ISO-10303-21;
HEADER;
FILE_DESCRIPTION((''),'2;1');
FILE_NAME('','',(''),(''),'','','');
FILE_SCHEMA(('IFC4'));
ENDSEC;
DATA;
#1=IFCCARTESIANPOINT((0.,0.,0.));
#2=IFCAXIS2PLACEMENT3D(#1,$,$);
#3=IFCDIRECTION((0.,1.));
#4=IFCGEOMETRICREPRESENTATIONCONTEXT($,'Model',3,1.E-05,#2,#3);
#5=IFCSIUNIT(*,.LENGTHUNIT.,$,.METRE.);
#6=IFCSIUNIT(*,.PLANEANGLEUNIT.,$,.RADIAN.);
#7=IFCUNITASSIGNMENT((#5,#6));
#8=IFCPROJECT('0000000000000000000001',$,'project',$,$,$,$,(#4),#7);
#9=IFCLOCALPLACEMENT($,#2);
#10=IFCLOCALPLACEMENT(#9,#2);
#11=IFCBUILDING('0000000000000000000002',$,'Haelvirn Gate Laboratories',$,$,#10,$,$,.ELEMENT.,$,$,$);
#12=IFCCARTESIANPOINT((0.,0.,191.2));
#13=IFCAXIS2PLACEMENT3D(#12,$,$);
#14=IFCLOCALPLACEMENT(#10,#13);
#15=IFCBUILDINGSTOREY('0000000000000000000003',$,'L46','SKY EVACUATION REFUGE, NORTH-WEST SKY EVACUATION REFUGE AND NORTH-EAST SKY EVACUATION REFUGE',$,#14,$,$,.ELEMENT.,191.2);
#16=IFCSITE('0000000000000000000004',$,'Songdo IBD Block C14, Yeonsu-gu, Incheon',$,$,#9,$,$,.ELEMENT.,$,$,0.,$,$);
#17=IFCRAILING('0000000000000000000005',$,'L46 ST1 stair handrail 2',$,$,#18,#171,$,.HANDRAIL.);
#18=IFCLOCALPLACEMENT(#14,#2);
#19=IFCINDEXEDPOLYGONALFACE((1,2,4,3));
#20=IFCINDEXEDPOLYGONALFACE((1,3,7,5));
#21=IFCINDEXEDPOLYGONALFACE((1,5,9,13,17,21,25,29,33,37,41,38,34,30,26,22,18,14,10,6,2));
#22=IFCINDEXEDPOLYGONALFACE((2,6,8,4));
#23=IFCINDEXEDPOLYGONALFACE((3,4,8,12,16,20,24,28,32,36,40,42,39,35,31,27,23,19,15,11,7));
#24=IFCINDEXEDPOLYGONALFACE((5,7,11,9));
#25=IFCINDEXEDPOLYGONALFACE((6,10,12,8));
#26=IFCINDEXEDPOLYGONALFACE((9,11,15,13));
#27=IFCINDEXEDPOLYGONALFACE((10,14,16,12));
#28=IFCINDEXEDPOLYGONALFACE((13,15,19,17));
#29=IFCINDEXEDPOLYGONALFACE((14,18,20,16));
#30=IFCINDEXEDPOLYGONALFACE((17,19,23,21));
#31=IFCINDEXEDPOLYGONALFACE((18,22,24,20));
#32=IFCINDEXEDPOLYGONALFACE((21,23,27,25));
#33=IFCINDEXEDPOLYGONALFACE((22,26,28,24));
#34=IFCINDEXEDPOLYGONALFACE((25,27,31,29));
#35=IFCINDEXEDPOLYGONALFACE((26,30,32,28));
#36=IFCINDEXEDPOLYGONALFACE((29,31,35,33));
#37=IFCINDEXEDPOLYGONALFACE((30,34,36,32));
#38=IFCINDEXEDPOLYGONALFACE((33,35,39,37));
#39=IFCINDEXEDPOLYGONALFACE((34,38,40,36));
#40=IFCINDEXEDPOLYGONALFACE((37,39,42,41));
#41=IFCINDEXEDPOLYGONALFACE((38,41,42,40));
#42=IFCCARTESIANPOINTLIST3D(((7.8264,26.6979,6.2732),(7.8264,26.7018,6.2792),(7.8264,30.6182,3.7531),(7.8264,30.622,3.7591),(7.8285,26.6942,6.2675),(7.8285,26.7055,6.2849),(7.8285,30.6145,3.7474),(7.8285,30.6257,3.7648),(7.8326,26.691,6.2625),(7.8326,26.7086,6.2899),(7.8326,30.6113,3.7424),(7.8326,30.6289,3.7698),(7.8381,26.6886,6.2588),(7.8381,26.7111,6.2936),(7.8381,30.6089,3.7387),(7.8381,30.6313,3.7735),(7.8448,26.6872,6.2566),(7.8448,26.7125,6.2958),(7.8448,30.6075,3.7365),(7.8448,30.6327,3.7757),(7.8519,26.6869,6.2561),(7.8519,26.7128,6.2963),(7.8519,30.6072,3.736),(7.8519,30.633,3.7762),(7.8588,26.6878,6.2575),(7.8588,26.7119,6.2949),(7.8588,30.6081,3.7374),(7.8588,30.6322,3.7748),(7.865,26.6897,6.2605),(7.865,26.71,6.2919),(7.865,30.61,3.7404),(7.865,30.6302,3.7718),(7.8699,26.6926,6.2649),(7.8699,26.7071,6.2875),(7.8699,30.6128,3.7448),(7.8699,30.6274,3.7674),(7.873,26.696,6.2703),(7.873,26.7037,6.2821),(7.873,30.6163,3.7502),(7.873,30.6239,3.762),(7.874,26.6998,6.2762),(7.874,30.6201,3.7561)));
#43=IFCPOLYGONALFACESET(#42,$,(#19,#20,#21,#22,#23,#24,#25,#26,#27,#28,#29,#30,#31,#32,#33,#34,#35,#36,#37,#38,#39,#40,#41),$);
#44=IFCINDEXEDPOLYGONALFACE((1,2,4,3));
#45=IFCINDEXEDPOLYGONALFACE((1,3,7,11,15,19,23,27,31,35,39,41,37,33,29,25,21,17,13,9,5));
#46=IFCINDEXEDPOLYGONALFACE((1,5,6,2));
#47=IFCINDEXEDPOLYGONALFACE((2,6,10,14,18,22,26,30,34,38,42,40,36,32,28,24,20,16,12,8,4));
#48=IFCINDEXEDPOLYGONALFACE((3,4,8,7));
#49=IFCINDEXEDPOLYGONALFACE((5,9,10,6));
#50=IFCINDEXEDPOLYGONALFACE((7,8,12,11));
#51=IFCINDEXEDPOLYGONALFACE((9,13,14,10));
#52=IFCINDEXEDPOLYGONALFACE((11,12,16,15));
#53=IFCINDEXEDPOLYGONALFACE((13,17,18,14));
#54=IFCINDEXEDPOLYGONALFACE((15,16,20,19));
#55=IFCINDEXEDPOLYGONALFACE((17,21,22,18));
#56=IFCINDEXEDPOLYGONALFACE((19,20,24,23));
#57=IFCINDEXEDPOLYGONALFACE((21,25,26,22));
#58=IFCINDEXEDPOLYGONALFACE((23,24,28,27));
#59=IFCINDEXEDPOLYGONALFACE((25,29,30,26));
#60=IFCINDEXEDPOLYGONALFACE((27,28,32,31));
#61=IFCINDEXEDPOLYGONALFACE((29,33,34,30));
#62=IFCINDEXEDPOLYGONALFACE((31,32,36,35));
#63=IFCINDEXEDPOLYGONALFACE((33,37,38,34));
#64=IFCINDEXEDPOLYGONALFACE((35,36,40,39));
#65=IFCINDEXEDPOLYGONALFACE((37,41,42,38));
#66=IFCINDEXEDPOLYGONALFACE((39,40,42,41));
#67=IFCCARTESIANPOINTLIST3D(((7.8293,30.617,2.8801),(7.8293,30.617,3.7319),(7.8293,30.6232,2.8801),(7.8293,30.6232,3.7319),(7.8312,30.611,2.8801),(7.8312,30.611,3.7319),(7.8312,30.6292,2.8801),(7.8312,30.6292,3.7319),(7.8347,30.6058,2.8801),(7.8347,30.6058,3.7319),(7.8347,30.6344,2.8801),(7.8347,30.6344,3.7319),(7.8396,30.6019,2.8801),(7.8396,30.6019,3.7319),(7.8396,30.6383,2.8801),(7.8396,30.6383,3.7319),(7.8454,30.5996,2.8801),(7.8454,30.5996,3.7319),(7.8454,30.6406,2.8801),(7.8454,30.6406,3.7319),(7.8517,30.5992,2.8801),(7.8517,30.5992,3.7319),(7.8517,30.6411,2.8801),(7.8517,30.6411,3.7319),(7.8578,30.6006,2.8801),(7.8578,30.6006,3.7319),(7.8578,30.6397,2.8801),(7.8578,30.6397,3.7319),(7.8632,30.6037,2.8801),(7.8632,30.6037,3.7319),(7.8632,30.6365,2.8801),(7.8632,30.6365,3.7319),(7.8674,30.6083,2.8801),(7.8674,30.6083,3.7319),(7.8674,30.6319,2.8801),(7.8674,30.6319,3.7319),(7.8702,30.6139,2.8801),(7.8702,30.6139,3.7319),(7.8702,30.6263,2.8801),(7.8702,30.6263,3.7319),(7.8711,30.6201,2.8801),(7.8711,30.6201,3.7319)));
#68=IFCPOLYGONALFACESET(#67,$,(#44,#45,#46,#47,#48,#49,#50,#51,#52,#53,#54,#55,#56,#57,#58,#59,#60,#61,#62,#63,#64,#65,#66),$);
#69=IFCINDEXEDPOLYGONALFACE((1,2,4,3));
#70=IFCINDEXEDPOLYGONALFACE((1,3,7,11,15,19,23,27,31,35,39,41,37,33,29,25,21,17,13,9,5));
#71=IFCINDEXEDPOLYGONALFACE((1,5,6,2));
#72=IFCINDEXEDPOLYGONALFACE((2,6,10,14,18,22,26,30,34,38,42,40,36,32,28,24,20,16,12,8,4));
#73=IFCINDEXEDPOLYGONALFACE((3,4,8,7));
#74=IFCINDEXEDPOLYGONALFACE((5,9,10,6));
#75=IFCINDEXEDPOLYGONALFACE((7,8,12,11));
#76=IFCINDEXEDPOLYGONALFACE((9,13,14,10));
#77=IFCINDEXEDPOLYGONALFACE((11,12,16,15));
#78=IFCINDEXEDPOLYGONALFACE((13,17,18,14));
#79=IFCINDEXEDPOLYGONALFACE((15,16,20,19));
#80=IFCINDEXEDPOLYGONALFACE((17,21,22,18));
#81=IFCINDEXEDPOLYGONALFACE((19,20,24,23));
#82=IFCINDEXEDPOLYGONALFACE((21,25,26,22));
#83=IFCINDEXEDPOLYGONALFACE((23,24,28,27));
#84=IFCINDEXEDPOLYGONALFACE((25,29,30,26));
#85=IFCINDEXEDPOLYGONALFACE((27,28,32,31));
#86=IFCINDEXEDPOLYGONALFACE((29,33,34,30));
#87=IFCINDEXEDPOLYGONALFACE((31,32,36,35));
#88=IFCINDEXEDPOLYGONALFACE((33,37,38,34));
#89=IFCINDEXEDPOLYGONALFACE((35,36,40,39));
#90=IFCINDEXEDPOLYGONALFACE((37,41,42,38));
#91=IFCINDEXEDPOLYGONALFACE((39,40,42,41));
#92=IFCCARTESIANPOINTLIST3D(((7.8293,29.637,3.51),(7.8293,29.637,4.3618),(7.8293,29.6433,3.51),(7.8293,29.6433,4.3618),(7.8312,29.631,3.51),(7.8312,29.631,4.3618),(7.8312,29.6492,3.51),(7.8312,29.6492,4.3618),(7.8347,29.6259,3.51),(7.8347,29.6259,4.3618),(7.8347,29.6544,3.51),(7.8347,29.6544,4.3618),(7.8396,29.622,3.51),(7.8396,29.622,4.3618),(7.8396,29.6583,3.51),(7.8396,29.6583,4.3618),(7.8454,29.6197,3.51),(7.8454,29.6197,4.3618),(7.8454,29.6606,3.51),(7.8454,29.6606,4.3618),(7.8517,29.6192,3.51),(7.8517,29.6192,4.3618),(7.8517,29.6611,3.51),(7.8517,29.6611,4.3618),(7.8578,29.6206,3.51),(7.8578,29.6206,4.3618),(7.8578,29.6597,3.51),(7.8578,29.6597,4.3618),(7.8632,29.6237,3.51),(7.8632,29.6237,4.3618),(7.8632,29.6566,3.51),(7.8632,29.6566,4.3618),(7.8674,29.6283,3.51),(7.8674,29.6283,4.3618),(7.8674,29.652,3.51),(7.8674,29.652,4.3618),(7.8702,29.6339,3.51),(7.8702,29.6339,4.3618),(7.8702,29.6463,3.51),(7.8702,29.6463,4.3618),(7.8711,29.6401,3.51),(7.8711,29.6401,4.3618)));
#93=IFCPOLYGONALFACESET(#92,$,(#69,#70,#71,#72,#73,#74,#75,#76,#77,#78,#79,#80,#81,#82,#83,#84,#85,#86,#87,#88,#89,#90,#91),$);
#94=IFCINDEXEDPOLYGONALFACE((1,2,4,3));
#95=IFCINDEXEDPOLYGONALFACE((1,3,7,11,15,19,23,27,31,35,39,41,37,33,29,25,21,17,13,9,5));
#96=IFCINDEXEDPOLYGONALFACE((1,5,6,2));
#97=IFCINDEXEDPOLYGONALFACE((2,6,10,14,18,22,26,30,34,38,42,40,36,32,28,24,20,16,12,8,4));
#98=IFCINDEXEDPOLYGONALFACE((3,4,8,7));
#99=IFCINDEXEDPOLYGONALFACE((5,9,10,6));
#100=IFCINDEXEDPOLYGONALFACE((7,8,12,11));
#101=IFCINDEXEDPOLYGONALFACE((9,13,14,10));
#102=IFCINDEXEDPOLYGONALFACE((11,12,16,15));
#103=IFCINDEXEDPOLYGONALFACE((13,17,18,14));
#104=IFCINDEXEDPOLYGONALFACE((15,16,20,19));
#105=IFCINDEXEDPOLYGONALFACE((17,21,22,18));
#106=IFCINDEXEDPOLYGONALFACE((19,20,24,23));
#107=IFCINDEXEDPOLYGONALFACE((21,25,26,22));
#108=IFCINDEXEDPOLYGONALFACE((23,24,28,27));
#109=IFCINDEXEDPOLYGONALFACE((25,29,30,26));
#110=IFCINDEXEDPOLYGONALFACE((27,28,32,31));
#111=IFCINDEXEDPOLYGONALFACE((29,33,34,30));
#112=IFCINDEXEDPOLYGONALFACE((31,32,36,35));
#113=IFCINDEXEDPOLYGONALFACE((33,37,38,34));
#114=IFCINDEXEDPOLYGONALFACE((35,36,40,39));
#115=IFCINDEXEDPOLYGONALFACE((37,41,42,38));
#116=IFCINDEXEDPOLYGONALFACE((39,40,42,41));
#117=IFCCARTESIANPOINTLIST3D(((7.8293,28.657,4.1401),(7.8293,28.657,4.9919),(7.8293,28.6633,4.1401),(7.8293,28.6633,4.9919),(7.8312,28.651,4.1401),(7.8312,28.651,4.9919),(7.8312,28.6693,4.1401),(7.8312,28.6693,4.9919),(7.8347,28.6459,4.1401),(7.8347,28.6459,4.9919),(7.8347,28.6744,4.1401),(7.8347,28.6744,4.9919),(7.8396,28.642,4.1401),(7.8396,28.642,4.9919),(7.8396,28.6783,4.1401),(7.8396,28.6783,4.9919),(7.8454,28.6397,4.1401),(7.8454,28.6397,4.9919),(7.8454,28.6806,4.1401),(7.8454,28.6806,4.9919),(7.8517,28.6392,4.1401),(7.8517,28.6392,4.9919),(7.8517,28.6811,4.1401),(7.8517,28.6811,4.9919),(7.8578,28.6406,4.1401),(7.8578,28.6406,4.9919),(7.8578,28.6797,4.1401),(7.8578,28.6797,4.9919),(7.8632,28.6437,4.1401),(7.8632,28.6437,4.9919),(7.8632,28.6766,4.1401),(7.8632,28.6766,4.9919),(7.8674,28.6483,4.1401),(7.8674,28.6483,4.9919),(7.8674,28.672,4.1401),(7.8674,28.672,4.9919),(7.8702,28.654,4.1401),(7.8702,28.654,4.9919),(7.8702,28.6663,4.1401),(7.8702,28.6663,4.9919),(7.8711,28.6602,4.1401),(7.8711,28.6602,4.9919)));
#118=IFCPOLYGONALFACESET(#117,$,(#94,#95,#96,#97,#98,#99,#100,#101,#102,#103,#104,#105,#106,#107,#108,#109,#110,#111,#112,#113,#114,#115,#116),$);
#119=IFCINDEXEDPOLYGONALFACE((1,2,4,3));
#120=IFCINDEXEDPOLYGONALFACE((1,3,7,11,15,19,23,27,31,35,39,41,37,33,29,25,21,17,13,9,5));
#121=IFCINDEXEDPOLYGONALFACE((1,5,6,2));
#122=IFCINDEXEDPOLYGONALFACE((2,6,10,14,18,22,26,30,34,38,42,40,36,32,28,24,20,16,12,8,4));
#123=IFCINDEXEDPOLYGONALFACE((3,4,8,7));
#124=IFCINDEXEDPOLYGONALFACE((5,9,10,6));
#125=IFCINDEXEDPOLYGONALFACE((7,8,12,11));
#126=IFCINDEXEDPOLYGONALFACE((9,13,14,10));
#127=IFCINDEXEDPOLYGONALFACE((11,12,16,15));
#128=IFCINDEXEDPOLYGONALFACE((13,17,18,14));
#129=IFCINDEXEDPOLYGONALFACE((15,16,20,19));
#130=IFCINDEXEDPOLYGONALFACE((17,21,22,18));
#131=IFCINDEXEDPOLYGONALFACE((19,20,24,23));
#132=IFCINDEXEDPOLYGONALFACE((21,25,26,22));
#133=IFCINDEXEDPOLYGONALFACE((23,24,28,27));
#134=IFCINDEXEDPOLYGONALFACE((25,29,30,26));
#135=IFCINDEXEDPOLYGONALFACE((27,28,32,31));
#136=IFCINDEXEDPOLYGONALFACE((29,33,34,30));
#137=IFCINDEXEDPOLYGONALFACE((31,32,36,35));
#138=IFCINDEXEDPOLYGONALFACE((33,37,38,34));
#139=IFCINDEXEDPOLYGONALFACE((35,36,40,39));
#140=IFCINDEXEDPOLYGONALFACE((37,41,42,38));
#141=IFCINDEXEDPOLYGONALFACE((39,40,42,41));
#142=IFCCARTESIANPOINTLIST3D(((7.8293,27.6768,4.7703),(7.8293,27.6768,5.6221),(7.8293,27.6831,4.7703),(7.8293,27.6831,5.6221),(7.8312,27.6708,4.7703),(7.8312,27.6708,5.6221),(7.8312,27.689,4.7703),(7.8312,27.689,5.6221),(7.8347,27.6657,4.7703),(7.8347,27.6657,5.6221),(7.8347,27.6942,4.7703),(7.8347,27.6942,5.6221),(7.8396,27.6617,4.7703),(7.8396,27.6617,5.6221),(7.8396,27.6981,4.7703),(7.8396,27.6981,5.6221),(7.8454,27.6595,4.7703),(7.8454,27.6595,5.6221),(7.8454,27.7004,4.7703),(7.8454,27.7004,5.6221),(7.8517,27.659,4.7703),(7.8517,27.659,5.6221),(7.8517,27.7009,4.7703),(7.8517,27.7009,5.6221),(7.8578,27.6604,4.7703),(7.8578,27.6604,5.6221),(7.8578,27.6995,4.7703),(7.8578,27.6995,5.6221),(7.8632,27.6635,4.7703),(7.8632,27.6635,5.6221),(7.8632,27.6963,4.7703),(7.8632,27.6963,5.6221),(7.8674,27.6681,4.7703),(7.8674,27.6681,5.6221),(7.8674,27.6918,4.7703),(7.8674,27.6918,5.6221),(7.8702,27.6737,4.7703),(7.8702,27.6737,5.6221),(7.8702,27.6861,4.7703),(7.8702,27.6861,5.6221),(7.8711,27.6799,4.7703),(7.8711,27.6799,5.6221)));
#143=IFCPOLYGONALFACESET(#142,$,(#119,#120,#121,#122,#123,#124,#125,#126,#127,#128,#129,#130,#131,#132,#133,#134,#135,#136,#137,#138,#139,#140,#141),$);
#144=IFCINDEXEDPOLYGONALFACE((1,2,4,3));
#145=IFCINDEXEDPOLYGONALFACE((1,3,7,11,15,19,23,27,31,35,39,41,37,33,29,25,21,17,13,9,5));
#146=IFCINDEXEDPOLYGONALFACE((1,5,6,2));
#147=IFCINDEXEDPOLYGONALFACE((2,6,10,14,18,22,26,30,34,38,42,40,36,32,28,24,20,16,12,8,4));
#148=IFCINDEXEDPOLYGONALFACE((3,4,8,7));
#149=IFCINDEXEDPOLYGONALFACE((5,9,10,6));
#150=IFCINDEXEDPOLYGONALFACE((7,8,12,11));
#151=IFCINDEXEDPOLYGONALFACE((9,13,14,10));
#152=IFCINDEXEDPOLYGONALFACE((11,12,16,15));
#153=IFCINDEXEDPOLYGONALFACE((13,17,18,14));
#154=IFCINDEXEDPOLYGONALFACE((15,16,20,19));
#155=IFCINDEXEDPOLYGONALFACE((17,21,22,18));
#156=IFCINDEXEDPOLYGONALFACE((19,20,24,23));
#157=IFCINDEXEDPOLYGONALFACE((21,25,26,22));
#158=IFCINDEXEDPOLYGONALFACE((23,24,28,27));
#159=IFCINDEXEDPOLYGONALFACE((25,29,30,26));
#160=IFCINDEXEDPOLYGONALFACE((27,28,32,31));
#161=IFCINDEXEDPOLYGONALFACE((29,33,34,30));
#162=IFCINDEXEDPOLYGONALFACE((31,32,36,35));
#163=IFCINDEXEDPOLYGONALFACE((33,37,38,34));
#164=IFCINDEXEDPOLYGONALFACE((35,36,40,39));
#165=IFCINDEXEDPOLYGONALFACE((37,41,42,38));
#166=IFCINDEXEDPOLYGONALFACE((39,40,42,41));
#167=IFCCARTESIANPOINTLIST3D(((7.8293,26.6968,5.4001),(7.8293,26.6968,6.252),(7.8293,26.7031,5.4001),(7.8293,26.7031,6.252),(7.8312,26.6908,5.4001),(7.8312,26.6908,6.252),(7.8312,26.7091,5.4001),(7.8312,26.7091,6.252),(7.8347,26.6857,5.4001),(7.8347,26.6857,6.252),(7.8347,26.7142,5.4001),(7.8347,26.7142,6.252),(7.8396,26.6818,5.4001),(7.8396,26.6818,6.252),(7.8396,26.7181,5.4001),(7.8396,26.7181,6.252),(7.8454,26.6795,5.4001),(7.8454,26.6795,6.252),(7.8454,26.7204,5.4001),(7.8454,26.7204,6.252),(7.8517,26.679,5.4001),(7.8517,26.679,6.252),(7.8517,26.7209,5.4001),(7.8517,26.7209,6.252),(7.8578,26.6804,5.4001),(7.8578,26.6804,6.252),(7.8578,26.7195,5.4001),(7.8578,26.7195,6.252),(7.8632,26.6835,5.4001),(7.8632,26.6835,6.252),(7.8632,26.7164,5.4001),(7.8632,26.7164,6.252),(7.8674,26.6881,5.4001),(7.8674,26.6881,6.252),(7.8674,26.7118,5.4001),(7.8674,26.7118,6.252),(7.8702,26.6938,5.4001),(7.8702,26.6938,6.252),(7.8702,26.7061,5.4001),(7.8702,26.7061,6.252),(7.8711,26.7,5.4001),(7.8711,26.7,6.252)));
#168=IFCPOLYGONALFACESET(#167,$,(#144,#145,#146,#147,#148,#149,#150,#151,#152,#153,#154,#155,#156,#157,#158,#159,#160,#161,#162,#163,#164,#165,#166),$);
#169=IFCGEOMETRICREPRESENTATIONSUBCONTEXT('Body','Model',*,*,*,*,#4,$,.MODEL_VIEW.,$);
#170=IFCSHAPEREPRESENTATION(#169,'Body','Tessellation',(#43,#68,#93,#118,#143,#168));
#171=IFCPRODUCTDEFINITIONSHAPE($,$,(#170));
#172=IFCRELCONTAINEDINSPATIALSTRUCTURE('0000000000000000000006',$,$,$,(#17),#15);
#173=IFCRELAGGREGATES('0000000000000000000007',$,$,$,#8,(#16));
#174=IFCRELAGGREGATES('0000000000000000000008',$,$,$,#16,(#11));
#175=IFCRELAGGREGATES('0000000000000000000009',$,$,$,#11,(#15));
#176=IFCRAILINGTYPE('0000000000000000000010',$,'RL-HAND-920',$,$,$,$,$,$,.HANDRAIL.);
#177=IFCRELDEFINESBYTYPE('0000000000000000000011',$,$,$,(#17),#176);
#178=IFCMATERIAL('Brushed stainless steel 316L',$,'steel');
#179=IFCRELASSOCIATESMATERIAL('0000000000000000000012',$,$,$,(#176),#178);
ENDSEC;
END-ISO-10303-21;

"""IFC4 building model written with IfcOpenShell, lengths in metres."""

from ifc_helpers import new_model, si_unit, direction, frame, origin, origin_2d, place, context, subcontext, project, spatial, circle, extrude, source, transform, mapped, material, type_object, element, save


model = new_model("IFC4")

# Units and contexts
model_context = context("Model", 3, precision=1e-05, world=origin(), true_north=direction((0.0, 1.0)))
body_context = subcontext(model_context, "Body", "Model", "MODEL_VIEW")
ifc_project = project(units=[si_unit("LENGTHUNIT", "METRE"), si_unit("PLANEANGLEUNIT", "RADIAN")], contexts=[model_context])

# Site, building, storey
site_placement = place(None, origin())
site = spatial("IfcSite", under=ifc_project, at=site_placement, Name="Songdo IBD Block C14, Yeonsu-gu, Incheon", CompositionType="ELEMENT", RefElevation=0.0)
building_placement = place(site_placement, origin())
building = spatial("IfcBuilding", under=site, at=building_placement, Name="Haelvirn Gate Laboratories", CompositionType="ELEMENT")
storey_placement = place(building_placement, frame((0.0, 0.0, 191.2)))
storey = spatial("IfcBuildingStorey", under=building, at=storey_placement, Name="L46", Description="SKY EVACUATION REFUGE, NORTH-WEST SKY EVACUATION REFUGE AND NORTH-EAST SKY EVACUATION REFUGE", CompositionType="ELEMENT", Elevation=191.2)

# Railing
ifc_material_1 = material(Name="Brushed stainless steel 316L", Category="steel")
railing_type_1 = type_object("IfcRailingType", Name="RL-HAND-920", PredefinedType="HANDRAIL", material=ifc_material_1)
shared_shape_1 = source(origin(), body_context, "Body", "SweptSolid", [
    extrude(circle(Radius=0.0239, at=origin_2d()), frame((0.0, 0.0, 0.876), z_axis=(0.0, -0.841187, 0.540744), x_axis=(1.0, 0.0, 0.0)), (0.0, 0.0, 1.0), 4.6604),
    extrude(circle(Radius=0.021, at=origin_2d()), origin(), (0.0, 0.0, 1.0), 0.8518),
    extrude(circle(Radius=0.021, at=origin_2d()), frame((0.0, -0.98, 0.6299)), (0.0, 0.0, 1.0), 0.8518),
    extrude(circle(Radius=0.021, at=origin_2d()), frame((0.0, -1.96, 1.26)), (0.0, 0.0, 1.0), 0.8518),
    extrude(circle(Radius=0.021, at=origin_2d()), frame((0.0, -2.9402, 1.8901)), (0.0, 0.0, 1.0), 0.8518),
    extrude(circle(Radius=0.021, at=origin_2d()), frame((0.0, -3.9202, 2.52)), (0.0, 0.0, 1.0), 0.8518),
])
railing_1_placement = place(storey_placement, frame((7.8501, 30.6201, 2.8801)))
element("IfcRailing", 1, at=railing_1_placement, inside=storey, type_object=railing_type_1, Name="L46 ST1 stair handrail 2", PredefinedType="HANDRAIL", context=body_context, shape_type="MappedRepresentation", body=[
    mapped(shared_shape_1, transform((0.0, 0.0, 0.0), scale=1.0)),
])

save(model, "model.ifc")
